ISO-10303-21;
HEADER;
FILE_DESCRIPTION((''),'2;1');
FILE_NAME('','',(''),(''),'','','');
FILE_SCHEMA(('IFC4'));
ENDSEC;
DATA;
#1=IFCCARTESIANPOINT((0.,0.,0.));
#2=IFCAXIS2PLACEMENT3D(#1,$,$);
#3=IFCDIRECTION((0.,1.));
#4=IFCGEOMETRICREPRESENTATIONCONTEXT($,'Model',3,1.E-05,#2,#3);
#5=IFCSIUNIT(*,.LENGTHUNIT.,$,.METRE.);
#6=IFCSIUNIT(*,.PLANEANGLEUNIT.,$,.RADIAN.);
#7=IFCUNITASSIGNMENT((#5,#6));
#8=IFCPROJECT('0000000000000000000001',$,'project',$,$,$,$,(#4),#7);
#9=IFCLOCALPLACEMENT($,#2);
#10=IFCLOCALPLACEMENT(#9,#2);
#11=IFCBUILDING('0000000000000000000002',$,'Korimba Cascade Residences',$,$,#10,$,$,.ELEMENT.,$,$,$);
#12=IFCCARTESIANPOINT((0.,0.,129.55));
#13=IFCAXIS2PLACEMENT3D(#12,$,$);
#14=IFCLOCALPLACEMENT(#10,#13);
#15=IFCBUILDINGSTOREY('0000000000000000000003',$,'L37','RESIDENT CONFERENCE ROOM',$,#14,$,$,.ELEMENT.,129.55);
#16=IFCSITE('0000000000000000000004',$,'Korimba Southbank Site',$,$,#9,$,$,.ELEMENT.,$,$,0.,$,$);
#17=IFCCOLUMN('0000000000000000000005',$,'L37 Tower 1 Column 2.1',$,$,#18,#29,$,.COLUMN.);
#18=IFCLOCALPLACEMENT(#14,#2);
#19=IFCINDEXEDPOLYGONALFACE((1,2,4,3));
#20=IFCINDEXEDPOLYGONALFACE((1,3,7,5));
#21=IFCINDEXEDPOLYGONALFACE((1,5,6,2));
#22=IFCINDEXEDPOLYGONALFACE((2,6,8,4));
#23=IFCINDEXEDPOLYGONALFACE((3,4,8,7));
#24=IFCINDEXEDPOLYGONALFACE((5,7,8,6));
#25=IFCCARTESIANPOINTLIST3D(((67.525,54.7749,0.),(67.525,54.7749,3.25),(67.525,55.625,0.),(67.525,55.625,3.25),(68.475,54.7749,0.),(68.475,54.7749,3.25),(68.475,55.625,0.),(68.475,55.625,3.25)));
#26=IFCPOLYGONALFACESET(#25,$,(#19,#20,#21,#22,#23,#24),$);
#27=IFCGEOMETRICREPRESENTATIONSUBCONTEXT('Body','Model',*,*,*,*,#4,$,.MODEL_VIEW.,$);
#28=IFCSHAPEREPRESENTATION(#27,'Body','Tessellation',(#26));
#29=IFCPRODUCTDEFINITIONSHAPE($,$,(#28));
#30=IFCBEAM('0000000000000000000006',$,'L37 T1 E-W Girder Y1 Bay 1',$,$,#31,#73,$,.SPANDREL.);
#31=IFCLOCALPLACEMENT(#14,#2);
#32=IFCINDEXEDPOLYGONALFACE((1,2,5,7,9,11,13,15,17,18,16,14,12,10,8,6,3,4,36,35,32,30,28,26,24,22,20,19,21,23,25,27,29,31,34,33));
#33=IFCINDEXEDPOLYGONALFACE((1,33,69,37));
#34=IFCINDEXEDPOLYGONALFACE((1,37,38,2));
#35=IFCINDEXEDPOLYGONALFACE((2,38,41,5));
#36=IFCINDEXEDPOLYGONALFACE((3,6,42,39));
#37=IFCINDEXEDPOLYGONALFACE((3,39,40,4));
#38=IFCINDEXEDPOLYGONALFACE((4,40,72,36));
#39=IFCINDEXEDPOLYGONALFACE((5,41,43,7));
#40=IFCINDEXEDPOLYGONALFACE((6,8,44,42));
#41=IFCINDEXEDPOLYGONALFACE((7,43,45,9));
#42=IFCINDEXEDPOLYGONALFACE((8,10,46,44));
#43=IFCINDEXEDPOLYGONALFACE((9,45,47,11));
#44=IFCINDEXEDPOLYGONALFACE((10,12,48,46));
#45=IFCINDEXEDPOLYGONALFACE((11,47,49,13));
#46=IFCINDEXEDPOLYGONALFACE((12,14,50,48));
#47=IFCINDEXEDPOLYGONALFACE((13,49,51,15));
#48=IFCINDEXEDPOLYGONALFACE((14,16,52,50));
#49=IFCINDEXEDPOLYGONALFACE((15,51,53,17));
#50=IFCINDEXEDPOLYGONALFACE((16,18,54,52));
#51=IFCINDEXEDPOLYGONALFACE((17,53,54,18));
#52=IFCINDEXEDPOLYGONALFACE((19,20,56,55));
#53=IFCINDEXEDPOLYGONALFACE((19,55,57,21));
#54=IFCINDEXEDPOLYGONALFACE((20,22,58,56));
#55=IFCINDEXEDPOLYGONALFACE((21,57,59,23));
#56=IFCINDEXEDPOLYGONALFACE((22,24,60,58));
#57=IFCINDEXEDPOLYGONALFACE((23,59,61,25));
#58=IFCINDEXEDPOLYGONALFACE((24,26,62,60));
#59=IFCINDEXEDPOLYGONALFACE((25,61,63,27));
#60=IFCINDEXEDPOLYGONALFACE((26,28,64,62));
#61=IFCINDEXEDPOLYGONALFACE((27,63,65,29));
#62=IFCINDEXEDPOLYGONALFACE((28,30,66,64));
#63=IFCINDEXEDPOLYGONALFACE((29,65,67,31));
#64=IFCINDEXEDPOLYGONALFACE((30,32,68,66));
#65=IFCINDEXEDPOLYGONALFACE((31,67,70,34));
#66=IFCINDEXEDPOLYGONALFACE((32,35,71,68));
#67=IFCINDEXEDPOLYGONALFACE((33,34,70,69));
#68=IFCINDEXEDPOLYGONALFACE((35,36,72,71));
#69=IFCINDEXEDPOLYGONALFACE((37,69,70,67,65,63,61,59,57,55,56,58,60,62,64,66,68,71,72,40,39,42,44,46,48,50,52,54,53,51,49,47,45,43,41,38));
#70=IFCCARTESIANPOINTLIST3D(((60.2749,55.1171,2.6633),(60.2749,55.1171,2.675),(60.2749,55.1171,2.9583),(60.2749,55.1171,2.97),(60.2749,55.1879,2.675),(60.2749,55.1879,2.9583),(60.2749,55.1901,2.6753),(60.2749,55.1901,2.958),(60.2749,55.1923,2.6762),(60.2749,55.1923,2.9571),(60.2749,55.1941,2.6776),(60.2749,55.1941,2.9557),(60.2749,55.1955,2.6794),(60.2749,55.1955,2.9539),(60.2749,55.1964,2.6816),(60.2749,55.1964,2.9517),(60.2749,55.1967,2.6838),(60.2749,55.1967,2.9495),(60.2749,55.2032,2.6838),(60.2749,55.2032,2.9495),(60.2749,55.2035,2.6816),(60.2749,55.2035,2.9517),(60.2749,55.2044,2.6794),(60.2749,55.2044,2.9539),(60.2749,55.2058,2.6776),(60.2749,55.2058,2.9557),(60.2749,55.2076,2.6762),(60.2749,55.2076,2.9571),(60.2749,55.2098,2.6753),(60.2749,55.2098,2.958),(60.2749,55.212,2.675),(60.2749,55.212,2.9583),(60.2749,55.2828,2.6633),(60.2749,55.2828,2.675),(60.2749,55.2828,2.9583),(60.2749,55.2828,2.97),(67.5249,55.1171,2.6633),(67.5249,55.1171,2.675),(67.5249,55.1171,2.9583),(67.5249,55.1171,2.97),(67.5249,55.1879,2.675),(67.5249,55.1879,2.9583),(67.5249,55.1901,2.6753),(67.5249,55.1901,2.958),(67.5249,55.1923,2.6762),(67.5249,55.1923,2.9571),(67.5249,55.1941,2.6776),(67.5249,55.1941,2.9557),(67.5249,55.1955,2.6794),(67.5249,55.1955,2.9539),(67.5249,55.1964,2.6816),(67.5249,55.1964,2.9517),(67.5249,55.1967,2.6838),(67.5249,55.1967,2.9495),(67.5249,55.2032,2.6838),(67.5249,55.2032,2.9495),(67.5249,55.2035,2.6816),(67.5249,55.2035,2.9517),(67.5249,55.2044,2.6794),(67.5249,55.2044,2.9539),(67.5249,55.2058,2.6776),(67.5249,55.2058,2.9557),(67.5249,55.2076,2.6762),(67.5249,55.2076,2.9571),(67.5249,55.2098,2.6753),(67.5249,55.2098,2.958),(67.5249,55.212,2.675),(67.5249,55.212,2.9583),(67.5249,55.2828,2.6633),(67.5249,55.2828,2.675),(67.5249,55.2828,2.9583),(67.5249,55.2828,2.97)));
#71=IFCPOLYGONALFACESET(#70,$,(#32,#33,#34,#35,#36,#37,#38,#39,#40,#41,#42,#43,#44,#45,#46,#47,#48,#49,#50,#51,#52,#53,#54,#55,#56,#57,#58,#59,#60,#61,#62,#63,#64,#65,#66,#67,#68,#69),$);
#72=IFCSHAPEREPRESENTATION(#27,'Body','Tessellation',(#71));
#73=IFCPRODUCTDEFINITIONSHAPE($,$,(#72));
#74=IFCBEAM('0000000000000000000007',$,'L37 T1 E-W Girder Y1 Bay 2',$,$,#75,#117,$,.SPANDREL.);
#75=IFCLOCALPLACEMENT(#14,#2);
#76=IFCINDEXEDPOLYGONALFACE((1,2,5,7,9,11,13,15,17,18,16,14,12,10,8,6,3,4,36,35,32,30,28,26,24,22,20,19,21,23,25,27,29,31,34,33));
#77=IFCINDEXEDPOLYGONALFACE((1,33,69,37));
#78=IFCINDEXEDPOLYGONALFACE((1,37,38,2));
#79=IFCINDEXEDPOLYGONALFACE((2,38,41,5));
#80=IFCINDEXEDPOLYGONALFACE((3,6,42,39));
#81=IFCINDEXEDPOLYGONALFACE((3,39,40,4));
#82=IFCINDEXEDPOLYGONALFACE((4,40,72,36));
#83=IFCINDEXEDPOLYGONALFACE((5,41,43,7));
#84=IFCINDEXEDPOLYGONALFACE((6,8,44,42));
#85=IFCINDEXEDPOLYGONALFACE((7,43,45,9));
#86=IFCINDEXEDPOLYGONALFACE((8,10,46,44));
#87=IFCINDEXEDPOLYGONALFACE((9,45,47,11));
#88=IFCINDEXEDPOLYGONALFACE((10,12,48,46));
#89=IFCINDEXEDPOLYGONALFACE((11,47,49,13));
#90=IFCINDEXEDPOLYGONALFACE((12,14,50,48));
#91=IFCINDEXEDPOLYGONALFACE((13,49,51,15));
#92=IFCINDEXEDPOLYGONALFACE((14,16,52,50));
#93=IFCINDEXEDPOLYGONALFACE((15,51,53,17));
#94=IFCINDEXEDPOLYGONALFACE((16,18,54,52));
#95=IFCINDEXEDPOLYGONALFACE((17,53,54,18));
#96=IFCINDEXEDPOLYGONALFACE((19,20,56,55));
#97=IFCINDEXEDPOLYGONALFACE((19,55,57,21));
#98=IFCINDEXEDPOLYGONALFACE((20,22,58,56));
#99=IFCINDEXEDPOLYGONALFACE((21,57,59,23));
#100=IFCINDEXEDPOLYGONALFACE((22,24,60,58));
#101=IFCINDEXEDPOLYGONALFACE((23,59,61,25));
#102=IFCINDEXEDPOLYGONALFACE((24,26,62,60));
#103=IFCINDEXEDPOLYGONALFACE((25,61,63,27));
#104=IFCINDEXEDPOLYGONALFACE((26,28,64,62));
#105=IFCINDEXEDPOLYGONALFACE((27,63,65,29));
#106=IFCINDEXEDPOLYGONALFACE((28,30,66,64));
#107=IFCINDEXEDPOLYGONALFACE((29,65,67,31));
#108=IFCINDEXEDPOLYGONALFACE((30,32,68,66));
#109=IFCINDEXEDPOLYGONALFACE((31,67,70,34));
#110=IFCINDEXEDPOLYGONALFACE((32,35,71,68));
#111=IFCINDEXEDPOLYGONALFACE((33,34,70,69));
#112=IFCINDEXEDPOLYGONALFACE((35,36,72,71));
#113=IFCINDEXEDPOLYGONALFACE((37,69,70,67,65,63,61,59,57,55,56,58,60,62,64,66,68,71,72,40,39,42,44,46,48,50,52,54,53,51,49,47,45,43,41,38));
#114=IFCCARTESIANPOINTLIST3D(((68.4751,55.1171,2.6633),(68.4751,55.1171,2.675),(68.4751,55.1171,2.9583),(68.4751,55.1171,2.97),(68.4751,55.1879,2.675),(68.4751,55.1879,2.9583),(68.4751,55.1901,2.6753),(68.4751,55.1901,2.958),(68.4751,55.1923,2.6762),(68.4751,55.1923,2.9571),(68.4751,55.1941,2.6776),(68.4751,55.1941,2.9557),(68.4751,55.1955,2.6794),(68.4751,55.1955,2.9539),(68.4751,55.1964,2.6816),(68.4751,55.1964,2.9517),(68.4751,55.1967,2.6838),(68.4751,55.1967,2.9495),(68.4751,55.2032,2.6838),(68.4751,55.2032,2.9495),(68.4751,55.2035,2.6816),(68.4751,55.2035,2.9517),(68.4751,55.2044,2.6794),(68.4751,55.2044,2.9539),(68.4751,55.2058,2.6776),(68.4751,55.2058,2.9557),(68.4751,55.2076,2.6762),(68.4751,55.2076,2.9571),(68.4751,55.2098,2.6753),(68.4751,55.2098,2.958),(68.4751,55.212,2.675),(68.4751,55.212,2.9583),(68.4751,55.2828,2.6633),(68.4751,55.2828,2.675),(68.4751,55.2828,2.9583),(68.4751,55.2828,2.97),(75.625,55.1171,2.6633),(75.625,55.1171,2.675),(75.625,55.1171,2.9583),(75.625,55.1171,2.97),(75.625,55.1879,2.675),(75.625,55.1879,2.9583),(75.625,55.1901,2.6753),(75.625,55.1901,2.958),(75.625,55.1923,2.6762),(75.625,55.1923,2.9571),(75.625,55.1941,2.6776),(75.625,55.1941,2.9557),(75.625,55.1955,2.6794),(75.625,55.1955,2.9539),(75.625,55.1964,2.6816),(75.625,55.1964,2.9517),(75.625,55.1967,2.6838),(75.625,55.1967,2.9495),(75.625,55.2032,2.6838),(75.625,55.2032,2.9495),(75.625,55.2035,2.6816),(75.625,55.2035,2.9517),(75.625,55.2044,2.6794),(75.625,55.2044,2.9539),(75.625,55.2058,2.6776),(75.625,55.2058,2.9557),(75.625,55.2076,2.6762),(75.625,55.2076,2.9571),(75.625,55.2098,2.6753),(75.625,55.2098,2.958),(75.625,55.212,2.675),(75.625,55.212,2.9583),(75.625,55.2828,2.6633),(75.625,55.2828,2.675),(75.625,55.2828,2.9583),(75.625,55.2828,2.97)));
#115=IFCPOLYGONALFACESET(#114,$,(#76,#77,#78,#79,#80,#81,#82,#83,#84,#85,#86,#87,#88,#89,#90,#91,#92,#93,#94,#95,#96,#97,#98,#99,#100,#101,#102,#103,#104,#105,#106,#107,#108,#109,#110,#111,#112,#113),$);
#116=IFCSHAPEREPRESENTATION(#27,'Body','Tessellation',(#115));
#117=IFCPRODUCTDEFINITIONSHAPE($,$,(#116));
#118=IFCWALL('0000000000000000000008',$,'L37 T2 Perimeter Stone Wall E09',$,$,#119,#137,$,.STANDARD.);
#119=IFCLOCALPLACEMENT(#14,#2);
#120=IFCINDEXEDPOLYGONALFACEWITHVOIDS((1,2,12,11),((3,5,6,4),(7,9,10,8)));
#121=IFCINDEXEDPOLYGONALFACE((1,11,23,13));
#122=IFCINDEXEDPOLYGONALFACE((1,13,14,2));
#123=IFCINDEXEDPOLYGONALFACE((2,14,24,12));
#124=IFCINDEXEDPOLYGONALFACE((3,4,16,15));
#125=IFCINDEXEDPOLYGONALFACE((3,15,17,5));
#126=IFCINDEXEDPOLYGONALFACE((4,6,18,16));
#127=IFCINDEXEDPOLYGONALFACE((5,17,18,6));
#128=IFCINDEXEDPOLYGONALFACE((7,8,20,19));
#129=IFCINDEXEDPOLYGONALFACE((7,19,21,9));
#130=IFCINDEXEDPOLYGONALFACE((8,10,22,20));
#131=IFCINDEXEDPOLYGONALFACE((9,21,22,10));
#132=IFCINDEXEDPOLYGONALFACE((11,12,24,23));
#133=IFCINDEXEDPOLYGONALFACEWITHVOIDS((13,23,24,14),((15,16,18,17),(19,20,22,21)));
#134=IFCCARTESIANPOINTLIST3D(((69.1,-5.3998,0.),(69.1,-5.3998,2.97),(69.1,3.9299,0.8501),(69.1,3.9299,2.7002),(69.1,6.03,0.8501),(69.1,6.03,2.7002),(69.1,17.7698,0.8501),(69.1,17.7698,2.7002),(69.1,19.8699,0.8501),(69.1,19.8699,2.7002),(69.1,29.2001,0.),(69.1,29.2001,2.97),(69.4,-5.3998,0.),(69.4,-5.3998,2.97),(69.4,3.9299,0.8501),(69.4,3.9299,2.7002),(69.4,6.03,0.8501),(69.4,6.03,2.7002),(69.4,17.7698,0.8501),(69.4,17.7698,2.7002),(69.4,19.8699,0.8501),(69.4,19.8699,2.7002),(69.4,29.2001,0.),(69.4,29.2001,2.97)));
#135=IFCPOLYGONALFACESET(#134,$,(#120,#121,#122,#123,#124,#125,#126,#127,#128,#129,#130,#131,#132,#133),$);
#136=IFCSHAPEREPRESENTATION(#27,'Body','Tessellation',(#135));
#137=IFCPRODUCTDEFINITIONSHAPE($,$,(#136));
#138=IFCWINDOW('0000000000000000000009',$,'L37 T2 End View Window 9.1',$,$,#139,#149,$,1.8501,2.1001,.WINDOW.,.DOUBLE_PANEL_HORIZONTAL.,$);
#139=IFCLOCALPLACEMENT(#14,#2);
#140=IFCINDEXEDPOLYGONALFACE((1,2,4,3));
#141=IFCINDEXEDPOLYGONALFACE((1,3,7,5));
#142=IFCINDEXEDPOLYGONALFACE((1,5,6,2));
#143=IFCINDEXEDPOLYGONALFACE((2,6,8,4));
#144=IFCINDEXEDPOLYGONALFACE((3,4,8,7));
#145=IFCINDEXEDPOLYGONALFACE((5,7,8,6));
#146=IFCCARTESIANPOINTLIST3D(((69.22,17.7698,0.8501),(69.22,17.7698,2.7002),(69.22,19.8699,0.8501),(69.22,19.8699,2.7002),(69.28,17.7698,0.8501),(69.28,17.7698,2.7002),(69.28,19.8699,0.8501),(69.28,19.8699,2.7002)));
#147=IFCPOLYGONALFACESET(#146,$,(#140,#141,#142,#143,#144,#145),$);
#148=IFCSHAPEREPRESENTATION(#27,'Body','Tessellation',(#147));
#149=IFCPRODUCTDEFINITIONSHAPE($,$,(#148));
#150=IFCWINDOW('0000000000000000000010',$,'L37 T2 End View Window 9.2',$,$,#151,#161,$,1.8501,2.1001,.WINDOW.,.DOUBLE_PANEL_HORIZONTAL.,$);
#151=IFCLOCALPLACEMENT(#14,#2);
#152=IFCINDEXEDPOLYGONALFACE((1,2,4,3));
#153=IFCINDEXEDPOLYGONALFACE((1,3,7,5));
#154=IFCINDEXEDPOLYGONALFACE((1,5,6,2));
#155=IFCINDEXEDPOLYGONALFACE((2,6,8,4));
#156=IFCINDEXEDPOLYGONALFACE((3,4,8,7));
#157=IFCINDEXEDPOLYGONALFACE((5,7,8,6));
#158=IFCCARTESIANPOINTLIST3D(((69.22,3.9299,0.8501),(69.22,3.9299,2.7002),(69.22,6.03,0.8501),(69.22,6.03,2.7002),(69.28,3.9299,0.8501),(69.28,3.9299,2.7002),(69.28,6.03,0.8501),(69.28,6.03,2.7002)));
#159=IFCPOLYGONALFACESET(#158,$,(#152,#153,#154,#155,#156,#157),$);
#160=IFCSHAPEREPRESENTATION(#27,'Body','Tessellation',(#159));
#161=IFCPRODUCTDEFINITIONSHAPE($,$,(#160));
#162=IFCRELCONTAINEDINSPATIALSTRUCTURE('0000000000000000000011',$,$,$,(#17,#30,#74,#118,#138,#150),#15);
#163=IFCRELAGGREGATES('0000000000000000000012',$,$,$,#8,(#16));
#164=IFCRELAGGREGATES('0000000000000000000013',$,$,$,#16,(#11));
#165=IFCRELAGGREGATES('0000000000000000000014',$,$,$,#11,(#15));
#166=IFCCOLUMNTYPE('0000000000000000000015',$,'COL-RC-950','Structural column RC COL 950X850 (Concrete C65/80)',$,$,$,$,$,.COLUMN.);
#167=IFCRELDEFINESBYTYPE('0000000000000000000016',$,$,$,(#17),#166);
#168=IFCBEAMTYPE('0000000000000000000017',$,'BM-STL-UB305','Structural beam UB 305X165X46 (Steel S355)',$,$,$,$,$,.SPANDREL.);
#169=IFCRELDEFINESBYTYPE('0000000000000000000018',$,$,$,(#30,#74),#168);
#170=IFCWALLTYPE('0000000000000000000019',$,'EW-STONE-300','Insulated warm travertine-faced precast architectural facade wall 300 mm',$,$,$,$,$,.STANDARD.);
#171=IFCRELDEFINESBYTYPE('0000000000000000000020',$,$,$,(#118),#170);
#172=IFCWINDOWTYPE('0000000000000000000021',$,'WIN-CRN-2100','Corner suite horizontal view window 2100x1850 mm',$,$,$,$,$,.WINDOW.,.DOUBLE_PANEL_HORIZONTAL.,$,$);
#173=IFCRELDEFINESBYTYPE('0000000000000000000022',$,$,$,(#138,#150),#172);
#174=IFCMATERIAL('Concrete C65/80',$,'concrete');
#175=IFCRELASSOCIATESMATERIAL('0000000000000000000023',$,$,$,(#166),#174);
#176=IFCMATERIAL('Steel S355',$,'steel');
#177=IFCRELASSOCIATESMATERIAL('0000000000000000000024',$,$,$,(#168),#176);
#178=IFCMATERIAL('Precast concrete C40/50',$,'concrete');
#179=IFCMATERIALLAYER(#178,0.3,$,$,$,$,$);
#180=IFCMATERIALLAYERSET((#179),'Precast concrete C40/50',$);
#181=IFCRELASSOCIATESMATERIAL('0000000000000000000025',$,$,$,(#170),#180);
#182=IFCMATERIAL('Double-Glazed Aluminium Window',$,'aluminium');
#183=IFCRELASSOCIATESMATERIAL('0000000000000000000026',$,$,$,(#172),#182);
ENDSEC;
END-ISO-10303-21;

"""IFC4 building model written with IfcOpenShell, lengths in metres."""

from ifc_helpers import new_model, si_unit, direction, frame, frame_2d, origin, origin_2d, place, context, subcontext, project, spatial, rectangle, i_section, extrude, material, layer, layer_set, material_profile, profile_set, type_object, element, fill, save


model = new_model("IFC4")

# Units and contexts
model_context = context("Model", 3, precision=1e-05, world=origin(), true_north=direction((0.0, 1.0)))
body_context = subcontext(model_context, "Body", "Model", "MODEL_VIEW")
ifc_project = project(units=[si_unit("LENGTHUNIT", "METRE"), si_unit("PLANEANGLEUNIT", "RADIAN")], contexts=[model_context])

# Site, building, storey
site_placement = place(None, origin())
site = spatial("IfcSite", under=ifc_project, at=site_placement, Name="Korimba Southbank Site", CompositionType="ELEMENT", RefElevation=0.0)
building_placement = place(site_placement, origin())
building = spatial("IfcBuilding", under=site, at=building_placement, Name="Korimba Cascade Residences", CompositionType="ELEMENT")
storey_placement = place(building_placement, frame((0.0, 0.0, 129.55)))
storey = spatial("IfcBuildingStorey", under=building, at=storey_placement, Name="L37", Description="RESIDENT CONFERENCE ROOM", CompositionType="ELEMENT", Elevation=129.55)

# Column
ifc_material_1 = material(Name="Concrete C65/80", Category="concrete")
ifc_material_profile_1 = material_profile(ifc_material_1, rectangle(XDim=0.95, YDim=0.8501, at=origin_2d()), Name="Concrete C65/80")
ifc_profile_set_1 = profile_set([ifc_material_profile_1], Name="Concrete C65/80")
column_type = type_object("IfcColumnType", Name="COL-RC-950", Description="Structural column RC COL 950X850 (Concrete C65/80)", PredefinedType="COLUMN", material=ifc_profile_set_1)
column_placement = place(storey_placement, frame((68.0, 55.2, 0.0), z_axis=(0.0, 0.0, 1.0), x_axis=(1.0, 0.0, 0.0)))
element("IfcColumn", 1, at=column_placement, inside=storey, type_object=column_type, Name="L37 Tower 1 Column 2.1", PredefinedType="COLUMN", context=body_context, shape_type="SweptSolid", body=[
    extrude(rectangle(XDim=0.95, YDim=0.8501, at=origin_2d()), origin(), (0.0, 0.0, 1.0), 3.25),
])

# Beams
ifc_material_2 = material(Name="Steel S355", Category="steel")
ifc_material_profile_2 = material_profile(ifc_material_2, i_section(OverallWidth=0.1658, OverallDepth=0.3066, WebThickness=0.0066, FlangeThickness=0.0117, FilletRadius=0.0088, at=origin_2d()), Name="Steel S355")
ifc_profile_set_2 = profile_set([ifc_material_profile_2], Name="Steel S355")
beam_type = type_object("IfcBeamType", Name="BM-STL-UB305", Description="Structural beam UB 305X165X46 (Steel S355)", PredefinedType="SPANDREL", material=ifc_profile_set_2)
beam_1_placement = place(storey_placement, frame((60.2749, 55.2, 2.8167), z_axis=(1.0, 0.0, 0.0), x_axis=(0.0, 1.0, 0.0)))
element("IfcBeam", 2, at=beam_1_placement, inside=storey, type_object=beam_type, Name="L37 T1 E-W Girder Y1 Bay 1", PredefinedType="SPANDREL", context=body_context, shape_type="SweptSolid", body=[
    extrude(i_section(OverallWidth=0.1658, OverallDepth=0.3066, WebThickness=0.0066, FlangeThickness=0.0117, FilletRadius=0.0088, at=origin_2d()), origin(), (0.0, 0.0, 1.0), 7.25),
])
beam_2_placement = place(storey_placement, frame((68.4751, 55.2, 2.8167), z_axis=(1.0, 0.0, 0.0), x_axis=(0.0, 1.0, 0.0)))
element("IfcBeam", 3, at=beam_2_placement, inside=storey, type_object=beam_type, Name="L37 T1 E-W Girder Y1 Bay 2", PredefinedType="SPANDREL", context=body_context, shape_type="SweptSolid", body=[
    extrude(i_section(OverallWidth=0.1658, OverallDepth=0.3066, WebThickness=0.0066, FlangeThickness=0.0117, FilletRadius=0.0088, at=origin_2d()), origin(), (0.0, 0.0, 1.0), 7.1499),
])

# Wall, openings, windows
ifc_material_3 = material(Name="Precast concrete C40/50", Category="concrete")
ifc_layer_1 = layer(ifc_material_3, 0.3)
ifc_layer_set_1 = layer_set([ifc_layer_1], Name="Precast concrete C40/50")
wall_type_1 = type_object("IfcWallType", Name="EW-STONE-300", Description="Insulated warm travertine-faced precast architectural facade wall 300 mm", PredefinedType="STANDARD", material=ifc_layer_set_1)
wall_1_placement = place(storey_placement, frame((69.25, 29.2, 0.0), z_axis=(0.0, 0.0, 1.0), x_axis=(0.0, -1.0, 0.0)))
wall_1 = element("IfcWall", 4, at=wall_1_placement, inside=storey, type_object=wall_type_1, Name="L37 T2 Perimeter Stone Wall E09", PredefinedType="STANDARD", context=body_context, shape_type="SweptSolid", body=[
    extrude(rectangle(XDim=34.5999, YDim=0.3, at=frame_2d((17.2998, 0.0))), origin(), (0.0, 0.0, 1.0), 2.97),
])
opening_1_placement = place(wall_1_placement, frame((9.3301, 0.0, 0.8501)))
opening_1 = element("IfcOpeningElement", 5, at=opening_1_placement, cuts=wall_1, PredefinedType="OPENING", context=body_context, shape_type="SweptSolid", body=[
    extrude(rectangle(XDim=2.1001, YDim=1.8501, at=frame_2d((1.05, 0.925))), frame((0.0, 0.1602, 0.0), z_axis=(0.0, -1.0, 0.0), x_axis=(1.0, 0.0, 0.0)), (0.0, 0.0, 1.0), 0.3201),
])
opening_2_placement = place(wall_1_placement, frame((23.1699, 0.0, 0.8501)))
opening_2 = element("IfcOpeningElement", 6, at=opening_2_placement, cuts=wall_1, PredefinedType="OPENING", context=body_context, shape_type="SweptSolid", body=[
    extrude(rectangle(XDim=2.1001, YDim=1.8501, at=frame_2d((1.05, 0.925))), frame((0.0, 0.1602, 0.0), z_axis=(0.0, -1.0, 0.0), x_axis=(1.0, 0.0, 0.0)), (0.0, 0.0, 1.0), 0.3201),
])
ifc_material_4 = material(Name="Double-Glazed Aluminium Window", Category="aluminium")
window_type = type_object("IfcWindowType", Name="WIN-CRN-2100", Description="Corner suite horizontal view window 2100x1850 mm", PartitioningType="DOUBLE_PANEL_HORIZONTAL", PredefinedType="WINDOW", material=ifc_material_4)
window_1_placement = place(opening_1_placement, origin())
window_1 = element("IfcWindow", 7, at=window_1_placement, inside=storey, type_object=window_type, Name="L37 T2 End View Window 9.1", OverallHeight=1.8501, OverallWidth=2.1001, PartitioningType="DOUBLE_PANEL_HORIZONTAL", PredefinedType="WINDOW", context=body_context, shape_type="SweptSolid", body=[
    extrude(rectangle(XDim=2.1001, YDim=1.8501, at=frame_2d((1.05, 0.925))), frame((0.0, 0.03, 0.0), z_axis=(0.0, -1.0, 0.0), x_axis=(1.0, 0.0, 0.0)), (0.0, 0.0, 1.0), 0.0601),
])
fill(opening_1, window_1)
window_2_placement = place(opening_2_placement, origin())
window_2 = element("IfcWindow", 8, at=window_2_placement, inside=storey, type_object=window_type, Name="L37 T2 End View Window 9.2", OverallHeight=1.8501, OverallWidth=2.1001, PartitioningType="DOUBLE_PANEL_HORIZONTAL", PredefinedType="WINDOW", context=body_context, shape_type="SweptSolid", body=[
    extrude(rectangle(XDim=2.1001, YDim=1.8501, at=frame_2d((1.05, 0.925))), frame((0.0, 0.03, 0.0), z_axis=(0.0, -1.0, 0.0), x_axis=(1.0, 0.0, 0.0)), (0.0, 0.0, 1.0), 0.0601),
])
fill(opening_2, window_2)

save(model, "model.ifc")
